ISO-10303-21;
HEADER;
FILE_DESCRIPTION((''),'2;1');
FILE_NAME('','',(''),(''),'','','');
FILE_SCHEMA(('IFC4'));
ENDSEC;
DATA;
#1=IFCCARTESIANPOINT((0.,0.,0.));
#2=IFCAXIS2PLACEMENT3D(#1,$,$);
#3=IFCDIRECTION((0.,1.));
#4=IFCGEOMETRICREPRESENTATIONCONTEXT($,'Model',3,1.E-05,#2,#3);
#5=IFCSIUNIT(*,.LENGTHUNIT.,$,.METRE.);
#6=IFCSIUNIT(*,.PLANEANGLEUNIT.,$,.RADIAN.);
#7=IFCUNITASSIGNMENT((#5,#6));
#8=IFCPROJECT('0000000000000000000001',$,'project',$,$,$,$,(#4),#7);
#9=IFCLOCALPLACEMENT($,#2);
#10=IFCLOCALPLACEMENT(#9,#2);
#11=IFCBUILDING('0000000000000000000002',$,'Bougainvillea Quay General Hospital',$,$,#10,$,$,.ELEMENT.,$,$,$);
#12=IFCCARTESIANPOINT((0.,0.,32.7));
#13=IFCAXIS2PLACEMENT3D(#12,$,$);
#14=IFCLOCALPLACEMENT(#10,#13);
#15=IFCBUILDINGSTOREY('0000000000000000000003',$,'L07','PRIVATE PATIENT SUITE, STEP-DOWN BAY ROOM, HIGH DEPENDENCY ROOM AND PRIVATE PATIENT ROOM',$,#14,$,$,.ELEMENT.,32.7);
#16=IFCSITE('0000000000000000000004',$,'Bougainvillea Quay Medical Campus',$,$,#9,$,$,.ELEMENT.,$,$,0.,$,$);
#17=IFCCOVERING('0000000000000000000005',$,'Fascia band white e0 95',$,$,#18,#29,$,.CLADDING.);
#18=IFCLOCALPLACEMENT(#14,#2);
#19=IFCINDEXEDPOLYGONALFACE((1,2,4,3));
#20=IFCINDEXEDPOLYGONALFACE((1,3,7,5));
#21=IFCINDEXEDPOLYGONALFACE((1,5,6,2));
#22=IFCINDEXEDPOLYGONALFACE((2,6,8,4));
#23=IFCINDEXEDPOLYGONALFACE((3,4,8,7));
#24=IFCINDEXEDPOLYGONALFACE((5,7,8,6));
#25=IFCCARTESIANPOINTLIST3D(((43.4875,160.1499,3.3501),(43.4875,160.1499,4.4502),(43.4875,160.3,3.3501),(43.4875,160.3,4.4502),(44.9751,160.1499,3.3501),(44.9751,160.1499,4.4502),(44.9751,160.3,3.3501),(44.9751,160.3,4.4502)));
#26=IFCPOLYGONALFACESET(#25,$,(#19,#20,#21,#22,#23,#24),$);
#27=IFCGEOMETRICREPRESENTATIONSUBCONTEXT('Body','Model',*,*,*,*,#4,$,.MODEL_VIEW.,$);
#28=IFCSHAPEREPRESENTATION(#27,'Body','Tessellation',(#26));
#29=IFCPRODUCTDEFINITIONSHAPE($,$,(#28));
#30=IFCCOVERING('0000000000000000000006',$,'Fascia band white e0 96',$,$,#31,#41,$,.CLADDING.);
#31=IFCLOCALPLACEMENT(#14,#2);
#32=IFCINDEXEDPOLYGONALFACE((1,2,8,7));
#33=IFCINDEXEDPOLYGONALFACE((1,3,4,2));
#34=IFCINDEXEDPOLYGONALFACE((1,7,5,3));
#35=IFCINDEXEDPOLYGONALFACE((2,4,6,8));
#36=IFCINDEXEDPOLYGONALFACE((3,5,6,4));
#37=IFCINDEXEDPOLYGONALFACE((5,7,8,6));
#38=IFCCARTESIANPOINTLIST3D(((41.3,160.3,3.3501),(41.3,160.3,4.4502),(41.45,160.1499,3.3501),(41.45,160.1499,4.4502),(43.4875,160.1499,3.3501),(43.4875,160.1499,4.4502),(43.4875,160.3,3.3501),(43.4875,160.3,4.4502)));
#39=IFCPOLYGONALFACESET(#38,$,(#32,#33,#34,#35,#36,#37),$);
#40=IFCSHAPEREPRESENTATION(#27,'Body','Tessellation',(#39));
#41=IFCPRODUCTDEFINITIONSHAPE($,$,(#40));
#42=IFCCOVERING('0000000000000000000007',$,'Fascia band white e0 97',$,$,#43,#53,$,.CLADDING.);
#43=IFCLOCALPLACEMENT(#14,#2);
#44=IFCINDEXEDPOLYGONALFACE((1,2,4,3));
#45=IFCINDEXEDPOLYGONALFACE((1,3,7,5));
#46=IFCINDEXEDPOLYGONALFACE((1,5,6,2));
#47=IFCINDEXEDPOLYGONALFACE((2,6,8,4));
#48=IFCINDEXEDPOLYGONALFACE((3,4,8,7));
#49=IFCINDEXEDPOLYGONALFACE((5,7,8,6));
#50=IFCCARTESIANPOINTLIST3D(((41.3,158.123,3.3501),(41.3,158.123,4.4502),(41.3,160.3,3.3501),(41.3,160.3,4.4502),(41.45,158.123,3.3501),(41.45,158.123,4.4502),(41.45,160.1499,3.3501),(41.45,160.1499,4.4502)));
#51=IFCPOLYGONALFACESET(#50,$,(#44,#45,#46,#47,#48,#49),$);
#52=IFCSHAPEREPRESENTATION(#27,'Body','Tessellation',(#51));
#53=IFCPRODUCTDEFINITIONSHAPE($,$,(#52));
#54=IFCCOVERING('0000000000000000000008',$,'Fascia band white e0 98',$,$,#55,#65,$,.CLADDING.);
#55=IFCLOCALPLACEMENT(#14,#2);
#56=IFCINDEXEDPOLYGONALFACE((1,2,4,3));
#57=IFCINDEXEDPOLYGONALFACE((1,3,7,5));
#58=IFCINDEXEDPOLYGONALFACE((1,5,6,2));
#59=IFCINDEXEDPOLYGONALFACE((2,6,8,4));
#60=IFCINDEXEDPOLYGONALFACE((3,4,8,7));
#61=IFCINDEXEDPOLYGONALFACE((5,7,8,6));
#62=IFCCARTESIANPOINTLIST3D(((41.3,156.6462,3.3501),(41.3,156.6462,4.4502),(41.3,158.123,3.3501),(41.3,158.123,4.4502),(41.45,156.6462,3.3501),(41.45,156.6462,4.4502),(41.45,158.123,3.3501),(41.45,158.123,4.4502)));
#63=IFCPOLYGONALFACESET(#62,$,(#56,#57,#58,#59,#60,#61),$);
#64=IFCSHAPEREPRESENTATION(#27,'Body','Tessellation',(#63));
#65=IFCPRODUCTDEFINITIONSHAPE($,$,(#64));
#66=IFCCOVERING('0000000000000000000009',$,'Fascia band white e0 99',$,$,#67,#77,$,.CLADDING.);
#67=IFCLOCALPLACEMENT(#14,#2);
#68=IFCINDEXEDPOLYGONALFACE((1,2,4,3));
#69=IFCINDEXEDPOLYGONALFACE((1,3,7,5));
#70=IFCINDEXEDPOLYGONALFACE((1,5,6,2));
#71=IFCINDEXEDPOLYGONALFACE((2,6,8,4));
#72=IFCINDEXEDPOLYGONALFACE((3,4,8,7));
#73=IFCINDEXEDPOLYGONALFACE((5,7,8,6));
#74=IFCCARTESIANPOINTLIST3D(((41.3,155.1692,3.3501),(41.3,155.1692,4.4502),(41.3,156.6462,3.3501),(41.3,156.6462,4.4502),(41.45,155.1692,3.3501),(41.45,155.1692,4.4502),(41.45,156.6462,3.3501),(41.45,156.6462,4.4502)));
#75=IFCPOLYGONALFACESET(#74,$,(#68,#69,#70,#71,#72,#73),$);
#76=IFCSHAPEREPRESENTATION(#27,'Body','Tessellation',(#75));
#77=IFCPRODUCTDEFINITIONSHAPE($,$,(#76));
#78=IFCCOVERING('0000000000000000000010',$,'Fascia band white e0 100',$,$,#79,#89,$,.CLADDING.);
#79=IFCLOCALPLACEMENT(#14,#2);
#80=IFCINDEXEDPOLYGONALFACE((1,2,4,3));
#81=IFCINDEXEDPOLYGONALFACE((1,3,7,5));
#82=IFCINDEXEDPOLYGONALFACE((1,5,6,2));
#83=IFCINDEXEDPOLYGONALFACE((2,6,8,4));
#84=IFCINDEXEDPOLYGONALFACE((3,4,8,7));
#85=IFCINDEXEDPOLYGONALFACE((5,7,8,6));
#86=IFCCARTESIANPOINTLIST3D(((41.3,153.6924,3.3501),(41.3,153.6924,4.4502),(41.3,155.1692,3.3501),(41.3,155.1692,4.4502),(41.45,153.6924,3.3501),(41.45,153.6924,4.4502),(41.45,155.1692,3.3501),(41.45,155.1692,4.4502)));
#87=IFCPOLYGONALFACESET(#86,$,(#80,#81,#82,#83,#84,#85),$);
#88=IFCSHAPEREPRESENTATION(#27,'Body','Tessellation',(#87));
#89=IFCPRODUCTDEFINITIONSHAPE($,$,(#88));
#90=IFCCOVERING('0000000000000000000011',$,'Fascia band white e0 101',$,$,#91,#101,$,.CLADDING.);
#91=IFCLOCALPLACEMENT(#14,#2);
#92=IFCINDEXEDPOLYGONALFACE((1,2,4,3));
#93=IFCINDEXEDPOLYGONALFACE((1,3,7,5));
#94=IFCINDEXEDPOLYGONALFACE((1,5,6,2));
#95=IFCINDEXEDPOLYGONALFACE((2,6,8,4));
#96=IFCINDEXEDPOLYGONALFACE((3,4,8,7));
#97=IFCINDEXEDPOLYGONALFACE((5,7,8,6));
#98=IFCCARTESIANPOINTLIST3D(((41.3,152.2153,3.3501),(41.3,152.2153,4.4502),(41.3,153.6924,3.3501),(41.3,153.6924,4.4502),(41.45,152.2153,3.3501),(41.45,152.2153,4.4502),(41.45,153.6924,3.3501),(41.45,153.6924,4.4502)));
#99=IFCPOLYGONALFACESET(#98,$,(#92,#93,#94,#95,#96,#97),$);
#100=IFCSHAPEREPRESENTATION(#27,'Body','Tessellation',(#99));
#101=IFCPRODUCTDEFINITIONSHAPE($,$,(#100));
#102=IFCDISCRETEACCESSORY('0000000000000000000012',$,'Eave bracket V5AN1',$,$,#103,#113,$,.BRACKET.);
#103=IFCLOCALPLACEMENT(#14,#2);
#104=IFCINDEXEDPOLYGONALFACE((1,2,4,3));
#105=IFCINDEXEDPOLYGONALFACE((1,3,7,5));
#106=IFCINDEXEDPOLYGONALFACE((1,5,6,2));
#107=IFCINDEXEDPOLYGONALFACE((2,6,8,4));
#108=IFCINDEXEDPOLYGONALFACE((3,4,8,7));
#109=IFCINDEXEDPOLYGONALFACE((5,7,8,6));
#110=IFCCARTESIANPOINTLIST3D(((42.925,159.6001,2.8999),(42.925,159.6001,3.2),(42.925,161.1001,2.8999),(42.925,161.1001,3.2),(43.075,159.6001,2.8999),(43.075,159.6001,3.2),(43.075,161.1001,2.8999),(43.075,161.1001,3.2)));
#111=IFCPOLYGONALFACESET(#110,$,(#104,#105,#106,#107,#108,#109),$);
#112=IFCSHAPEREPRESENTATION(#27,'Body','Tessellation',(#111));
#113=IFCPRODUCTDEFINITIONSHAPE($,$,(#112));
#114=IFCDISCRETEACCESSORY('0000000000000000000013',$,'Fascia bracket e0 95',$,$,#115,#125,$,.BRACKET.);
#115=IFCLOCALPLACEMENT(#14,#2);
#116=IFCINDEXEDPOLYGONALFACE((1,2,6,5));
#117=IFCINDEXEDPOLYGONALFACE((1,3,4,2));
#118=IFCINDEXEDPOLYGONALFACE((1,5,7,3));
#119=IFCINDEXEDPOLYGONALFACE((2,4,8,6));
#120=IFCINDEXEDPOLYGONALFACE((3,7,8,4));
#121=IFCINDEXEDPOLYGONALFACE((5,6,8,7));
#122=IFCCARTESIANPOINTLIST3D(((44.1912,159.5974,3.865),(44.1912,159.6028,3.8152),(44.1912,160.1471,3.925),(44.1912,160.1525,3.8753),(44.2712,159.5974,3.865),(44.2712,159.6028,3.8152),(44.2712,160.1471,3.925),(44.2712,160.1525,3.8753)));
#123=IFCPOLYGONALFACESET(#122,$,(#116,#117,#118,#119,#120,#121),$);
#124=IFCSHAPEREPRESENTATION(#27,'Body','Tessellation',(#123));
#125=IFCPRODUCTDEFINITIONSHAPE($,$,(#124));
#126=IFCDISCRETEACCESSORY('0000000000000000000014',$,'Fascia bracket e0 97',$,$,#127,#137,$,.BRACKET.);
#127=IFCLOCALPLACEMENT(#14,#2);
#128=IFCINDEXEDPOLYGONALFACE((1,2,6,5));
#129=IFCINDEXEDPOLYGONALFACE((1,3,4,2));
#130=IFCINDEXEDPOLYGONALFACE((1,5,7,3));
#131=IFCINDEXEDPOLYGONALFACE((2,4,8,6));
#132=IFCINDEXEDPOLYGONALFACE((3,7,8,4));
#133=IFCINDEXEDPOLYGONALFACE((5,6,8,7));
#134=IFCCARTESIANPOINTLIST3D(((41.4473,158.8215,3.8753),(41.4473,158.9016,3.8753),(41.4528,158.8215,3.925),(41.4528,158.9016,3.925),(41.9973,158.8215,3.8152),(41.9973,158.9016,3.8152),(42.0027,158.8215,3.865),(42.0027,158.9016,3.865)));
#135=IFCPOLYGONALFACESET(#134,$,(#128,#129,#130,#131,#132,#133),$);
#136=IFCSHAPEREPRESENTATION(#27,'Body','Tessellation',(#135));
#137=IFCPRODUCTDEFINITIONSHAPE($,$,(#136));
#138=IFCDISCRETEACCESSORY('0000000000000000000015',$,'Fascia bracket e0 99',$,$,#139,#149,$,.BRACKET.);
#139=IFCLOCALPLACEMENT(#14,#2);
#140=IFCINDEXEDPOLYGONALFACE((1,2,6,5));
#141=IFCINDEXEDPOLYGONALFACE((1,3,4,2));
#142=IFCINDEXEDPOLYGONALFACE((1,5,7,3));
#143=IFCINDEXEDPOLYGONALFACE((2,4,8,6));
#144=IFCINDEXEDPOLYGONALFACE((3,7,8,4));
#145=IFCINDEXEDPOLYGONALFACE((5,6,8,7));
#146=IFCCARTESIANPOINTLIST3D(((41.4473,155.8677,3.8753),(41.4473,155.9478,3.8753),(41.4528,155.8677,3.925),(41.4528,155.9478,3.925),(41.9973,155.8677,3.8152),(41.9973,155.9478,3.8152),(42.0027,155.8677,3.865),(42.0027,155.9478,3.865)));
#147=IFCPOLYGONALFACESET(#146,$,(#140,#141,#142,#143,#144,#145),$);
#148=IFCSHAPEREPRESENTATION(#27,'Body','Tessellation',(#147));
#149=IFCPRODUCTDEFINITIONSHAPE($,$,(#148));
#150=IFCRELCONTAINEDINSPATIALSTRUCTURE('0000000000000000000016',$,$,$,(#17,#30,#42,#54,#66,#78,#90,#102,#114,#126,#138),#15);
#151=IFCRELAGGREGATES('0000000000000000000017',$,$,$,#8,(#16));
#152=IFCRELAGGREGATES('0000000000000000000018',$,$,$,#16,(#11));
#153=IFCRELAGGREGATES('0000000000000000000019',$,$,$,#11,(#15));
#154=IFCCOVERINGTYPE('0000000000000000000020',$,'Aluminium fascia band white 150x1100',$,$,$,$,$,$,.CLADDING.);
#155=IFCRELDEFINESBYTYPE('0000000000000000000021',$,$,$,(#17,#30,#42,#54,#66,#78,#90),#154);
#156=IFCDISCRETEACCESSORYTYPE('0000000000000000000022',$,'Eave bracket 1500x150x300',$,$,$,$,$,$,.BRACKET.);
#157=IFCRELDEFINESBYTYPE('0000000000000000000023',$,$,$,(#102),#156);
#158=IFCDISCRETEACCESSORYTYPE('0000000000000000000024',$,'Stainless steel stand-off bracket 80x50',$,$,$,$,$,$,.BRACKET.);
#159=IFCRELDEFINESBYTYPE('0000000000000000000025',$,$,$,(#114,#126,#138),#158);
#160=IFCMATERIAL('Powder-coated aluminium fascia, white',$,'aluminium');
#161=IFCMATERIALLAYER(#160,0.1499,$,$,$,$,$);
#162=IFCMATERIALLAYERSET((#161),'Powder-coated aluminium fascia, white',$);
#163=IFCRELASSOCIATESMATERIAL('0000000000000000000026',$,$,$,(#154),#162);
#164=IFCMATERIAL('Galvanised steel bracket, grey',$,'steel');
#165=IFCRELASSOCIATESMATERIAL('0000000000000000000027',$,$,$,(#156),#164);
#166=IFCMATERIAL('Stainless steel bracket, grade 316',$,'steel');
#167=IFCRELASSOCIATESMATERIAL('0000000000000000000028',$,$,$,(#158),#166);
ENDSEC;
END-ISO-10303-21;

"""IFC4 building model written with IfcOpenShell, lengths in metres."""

from ifc_helpers import new_model, si_unit, direction, frame, origin, origin_2d, place, context, subcontext, project, spatial, polyline, rectangle, outline, extrude, material, layer, layer_set, material_profile, profile_set, type_object, element, save


model = new_model("IFC4")

# Units and contexts
model_context = context("Model", 3, precision=1e-05, world=origin(), true_north=direction((0.0, 1.0)))
body_context = subcontext(model_context, "Body", "Model", "MODEL_VIEW")
ifc_project = project(units=[si_unit("LENGTHUNIT", "METRE"), si_unit("PLANEANGLEUNIT", "RADIAN")], contexts=[model_context])

# Site, building, storey
site_placement = place(None, origin())
site = spatial("IfcSite", under=ifc_project, at=site_placement, Name="Bougainvillea Quay Medical Campus", CompositionType="ELEMENT", RefElevation=0.0)
building_placement = place(site_placement, origin())
building = spatial("IfcBuilding", under=site, at=building_placement, Name="Bougainvillea Quay General Hospital", CompositionType="ELEMENT")
storey_placement = place(building_placement, frame((0.0, 0.0, 32.7)))
storey = spatial("IfcBuildingStorey", under=building, at=storey_placement, Name="L07", Description="PRIVATE PATIENT SUITE, STEP-DOWN BAY ROOM, HIGH DEPENDENCY ROOM AND PRIVATE PATIENT ROOM", CompositionType="ELEMENT", Elevation=32.7)

# Coverings
ifc_material_1 = material(Name="Powder-coated aluminium fascia, white", Category="aluminium")
ifc_layer_1 = layer(ifc_material_1, 0.1499)
ifc_layer_set_1 = layer_set([ifc_layer_1], Name="Powder-coated aluminium fascia, white")
covering_type = type_object("IfcCoveringType", Name="Aluminium fascia band white 150x1100", PredefinedType="CLADDING", material=ifc_layer_set_1)
covering_1_placement = place(storey_placement, frame((44.9751, 160.1499, 3.3501), z_axis=(0.0, 0.0, 1.0), x_axis=(-1.0, 0.0, 0.0)))
element("IfcCovering", 1, at=covering_1_placement, inside=storey, type_object=covering_type, Name="Fascia band white e0 95", PredefinedType="CLADDING", context=body_context, shape_type="SweptSolid", body=[
    extrude(outline(polyline([(0.0, 0.0), (1.4875, 0.0), (1.4875, -0.1501), (0.0, -0.1501), (0.0, 0.0)])), origin(), (0.0, 0.0, 1.0), 1.1001),
])
covering_2_placement = place(storey_placement, frame((43.4875, 160.1499, 3.3501), z_axis=(0.0, 0.0, 1.0), x_axis=(-1.0, 0.0, 0.0)))
element("IfcCovering", 2, at=covering_2_placement, inside=storey, type_object=covering_type, Name="Fascia band white e0 96", PredefinedType="CLADDING", context=body_context, shape_type="SweptSolid", body=[
    extrude(outline(polyline([(0.0, 0.0), (2.0376, 0.0), (2.1875, -0.1501), (0.0, -0.1501), (0.0, 0.0)])), origin(), (0.0, 0.0, 1.0), 1.1001),
])
covering_3_placement = place(storey_placement, frame((41.45, 160.1499, 3.3501), z_axis=(0.0, 0.0, 1.0), x_axis=(0.0, -1.0, 0.0)))
element("IfcCovering", 3, at=covering_3_placement, inside=storey, type_object=covering_type, Name="Fascia band white e0 97", PredefinedType="CLADDING", context=body_context, shape_type="SweptSolid", body=[
    extrude(outline(polyline([(0.0, 0.0), (2.0269, 0.0), (2.0269, -0.1499), (-0.1501, -0.1499), (0.0, 0.0)])), origin(), (0.0, 0.0, 1.0), 1.1001),
])
covering_4_placement = place(storey_placement, frame((41.45, 158.123, 3.3501), z_axis=(0.0, 0.0, 1.0), x_axis=(0.0, -1.0, 0.0)))
element("IfcCovering", 4, at=covering_4_placement, inside=storey, type_object=covering_type, Name="Fascia band white e0 98", PredefinedType="CLADDING", context=body_context, shape_type="SweptSolid", body=[
    extrude(outline(polyline([(0.0, 0.0), (1.4768, 0.0), (1.4768, -0.1499), (0.0, -0.1499), (0.0, 0.0)])), origin(), (0.0, 0.0, 1.0), 1.1001),
])
covering_5_placement = place(storey_placement, frame((41.45, 156.6462, 3.3501), z_axis=(0.0, 0.0, 1.0), x_axis=(0.0, -1.0, 0.0)))
element("IfcCovering", 5, at=covering_5_placement, inside=storey, type_object=covering_type, Name="Fascia band white e0 99", PredefinedType="CLADDING", context=body_context, shape_type="SweptSolid", body=[
    extrude(outline(polyline([(0.0, 0.0), (1.4771, 0.0), (1.4771, -0.1499), (0.0, -0.1499), (0.0, 0.0)])), origin(), (0.0, 0.0, 1.0), 1.1001),
])
covering_6_placement = place(storey_placement, frame((41.45, 155.1692, 3.3501), z_axis=(0.0, 0.0, 1.0), x_axis=(0.0, -1.0, 0.0)))
element("IfcCovering", 6, at=covering_6_placement, inside=storey, type_object=covering_type, Name="Fascia band white e0 100", PredefinedType="CLADDING", context=body_context, shape_type="SweptSolid", body=[
    extrude(outline(polyline([(0.0, 0.0), (1.4768, 0.0), (1.4768, -0.1499), (0.0, -0.1499), (0.0, 0.0)])), origin(), (0.0, 0.0, 1.0), 1.1001),
])
covering_7_placement = place(storey_placement, frame((41.45, 153.6924, 3.3501), z_axis=(0.0, 0.0, 1.0), x_axis=(0.0, -1.0, 0.0)))
element("IfcCovering", 7, at=covering_7_placement, inside=storey, type_object=covering_type, Name="Fascia band white e0 101", PredefinedType="CLADDING", context=body_context, shape_type="SweptSolid", body=[
    extrude(outline(polyline([(0.0, 0.0), (1.4771, 0.0), (1.4771, -0.1499), (0.0, -0.1499), (0.0, 0.0)])), origin(), (0.0, 0.0, 1.0), 1.1001),
])

# Discrete accessories
ifc_material_2 = material(Name="Galvanised steel bracket, grey", Category="steel")
discrete_accessory_type_1 = type_object("IfcDiscreteAccessoryType", Name="Eave bracket 1500x150x300", PredefinedType="BRACKET", material=ifc_material_2)
discrete_accessory_1_placement = place(storey_placement, frame((43.0, 160.3501, 2.8999), z_axis=(0.0, 0.0, 1.0), x_axis=(1.0, 0.0, 0.0)))
element("IfcDiscreteAccessory", 8, at=discrete_accessory_1_placement, inside=storey, type_object=discrete_accessory_type_1, Name="Eave bracket V5AN1", PredefinedType="BRACKET", context=body_context, shape_type="SweptSolid", body=[
    extrude(rectangle(XDim=0.1499, YDim=1.5, at=origin_2d()), origin(), (0.0, 0.0, 1.0), 0.3),
])
ifc_material_3 = material(Name="Stainless steel bracket, grade 316", Category="steel")
ifc_material_profile_1 = material_profile(ifc_material_3, rectangle(XDim=0.0801, YDim=0.05, at=origin_2d()))
ifc_profile_set_1 = profile_set([ifc_material_profile_1], Name="Stainless steel bracket, grade 316")
discrete_accessory_type_2 = type_object("IfcDiscreteAccessoryType", Name="Stainless steel stand-off bracket 80x50", PredefinedType="BRACKET", material=ifc_profile_set_1)
discrete_accessory_2_placement = place(storey_placement, frame((44.2312, 159.6001, 3.8401), z_axis=(0.0, 0.994087, 0.10859), x_axis=(-1.0, 0.0, 0.0)))
element("IfcDiscreteAccessory", 9, at=discrete_accessory_2_placement, inside=storey, type_object=discrete_accessory_type_2, Name="Fascia bracket e0 95", PredefinedType="BRACKET", context=body_context, shape_type="SweptSolid", body=[
    extrude(rectangle(XDim=0.0801, YDim=0.05, at=origin_2d()), origin(), (0.0, 0.0, 1.0), 0.553),
])
for number, where, z_axis, x_axis, name in (
    (10, (42.0, 158.8616, 3.8401), (-0.994092, 0.0, 0.108543), (0.0, -1.0, 0.0), "Fascia bracket e0 97"),
    (11, (42.0, 155.9077, 3.8401), (-0.994092, 0.0, 0.108543), (0.0, -1.0, 0.0), "Fascia bracket e0 99"),
):
    element("IfcDiscreteAccessory", number, at=place(storey_placement, frame(where, z_axis=z_axis, x_axis=x_axis)), inside=storey, type_object=discrete_accessory_type_2, Name=name, PredefinedType="BRACKET", context=body_context, shape_type="SweptSolid", body=[
        extrude(rectangle(XDim=0.0801, YDim=0.05, at=origin_2d()), origin(), (0.0, 0.0, 1.0), 0.5532),
    ])

save(model, "model.ifc")
